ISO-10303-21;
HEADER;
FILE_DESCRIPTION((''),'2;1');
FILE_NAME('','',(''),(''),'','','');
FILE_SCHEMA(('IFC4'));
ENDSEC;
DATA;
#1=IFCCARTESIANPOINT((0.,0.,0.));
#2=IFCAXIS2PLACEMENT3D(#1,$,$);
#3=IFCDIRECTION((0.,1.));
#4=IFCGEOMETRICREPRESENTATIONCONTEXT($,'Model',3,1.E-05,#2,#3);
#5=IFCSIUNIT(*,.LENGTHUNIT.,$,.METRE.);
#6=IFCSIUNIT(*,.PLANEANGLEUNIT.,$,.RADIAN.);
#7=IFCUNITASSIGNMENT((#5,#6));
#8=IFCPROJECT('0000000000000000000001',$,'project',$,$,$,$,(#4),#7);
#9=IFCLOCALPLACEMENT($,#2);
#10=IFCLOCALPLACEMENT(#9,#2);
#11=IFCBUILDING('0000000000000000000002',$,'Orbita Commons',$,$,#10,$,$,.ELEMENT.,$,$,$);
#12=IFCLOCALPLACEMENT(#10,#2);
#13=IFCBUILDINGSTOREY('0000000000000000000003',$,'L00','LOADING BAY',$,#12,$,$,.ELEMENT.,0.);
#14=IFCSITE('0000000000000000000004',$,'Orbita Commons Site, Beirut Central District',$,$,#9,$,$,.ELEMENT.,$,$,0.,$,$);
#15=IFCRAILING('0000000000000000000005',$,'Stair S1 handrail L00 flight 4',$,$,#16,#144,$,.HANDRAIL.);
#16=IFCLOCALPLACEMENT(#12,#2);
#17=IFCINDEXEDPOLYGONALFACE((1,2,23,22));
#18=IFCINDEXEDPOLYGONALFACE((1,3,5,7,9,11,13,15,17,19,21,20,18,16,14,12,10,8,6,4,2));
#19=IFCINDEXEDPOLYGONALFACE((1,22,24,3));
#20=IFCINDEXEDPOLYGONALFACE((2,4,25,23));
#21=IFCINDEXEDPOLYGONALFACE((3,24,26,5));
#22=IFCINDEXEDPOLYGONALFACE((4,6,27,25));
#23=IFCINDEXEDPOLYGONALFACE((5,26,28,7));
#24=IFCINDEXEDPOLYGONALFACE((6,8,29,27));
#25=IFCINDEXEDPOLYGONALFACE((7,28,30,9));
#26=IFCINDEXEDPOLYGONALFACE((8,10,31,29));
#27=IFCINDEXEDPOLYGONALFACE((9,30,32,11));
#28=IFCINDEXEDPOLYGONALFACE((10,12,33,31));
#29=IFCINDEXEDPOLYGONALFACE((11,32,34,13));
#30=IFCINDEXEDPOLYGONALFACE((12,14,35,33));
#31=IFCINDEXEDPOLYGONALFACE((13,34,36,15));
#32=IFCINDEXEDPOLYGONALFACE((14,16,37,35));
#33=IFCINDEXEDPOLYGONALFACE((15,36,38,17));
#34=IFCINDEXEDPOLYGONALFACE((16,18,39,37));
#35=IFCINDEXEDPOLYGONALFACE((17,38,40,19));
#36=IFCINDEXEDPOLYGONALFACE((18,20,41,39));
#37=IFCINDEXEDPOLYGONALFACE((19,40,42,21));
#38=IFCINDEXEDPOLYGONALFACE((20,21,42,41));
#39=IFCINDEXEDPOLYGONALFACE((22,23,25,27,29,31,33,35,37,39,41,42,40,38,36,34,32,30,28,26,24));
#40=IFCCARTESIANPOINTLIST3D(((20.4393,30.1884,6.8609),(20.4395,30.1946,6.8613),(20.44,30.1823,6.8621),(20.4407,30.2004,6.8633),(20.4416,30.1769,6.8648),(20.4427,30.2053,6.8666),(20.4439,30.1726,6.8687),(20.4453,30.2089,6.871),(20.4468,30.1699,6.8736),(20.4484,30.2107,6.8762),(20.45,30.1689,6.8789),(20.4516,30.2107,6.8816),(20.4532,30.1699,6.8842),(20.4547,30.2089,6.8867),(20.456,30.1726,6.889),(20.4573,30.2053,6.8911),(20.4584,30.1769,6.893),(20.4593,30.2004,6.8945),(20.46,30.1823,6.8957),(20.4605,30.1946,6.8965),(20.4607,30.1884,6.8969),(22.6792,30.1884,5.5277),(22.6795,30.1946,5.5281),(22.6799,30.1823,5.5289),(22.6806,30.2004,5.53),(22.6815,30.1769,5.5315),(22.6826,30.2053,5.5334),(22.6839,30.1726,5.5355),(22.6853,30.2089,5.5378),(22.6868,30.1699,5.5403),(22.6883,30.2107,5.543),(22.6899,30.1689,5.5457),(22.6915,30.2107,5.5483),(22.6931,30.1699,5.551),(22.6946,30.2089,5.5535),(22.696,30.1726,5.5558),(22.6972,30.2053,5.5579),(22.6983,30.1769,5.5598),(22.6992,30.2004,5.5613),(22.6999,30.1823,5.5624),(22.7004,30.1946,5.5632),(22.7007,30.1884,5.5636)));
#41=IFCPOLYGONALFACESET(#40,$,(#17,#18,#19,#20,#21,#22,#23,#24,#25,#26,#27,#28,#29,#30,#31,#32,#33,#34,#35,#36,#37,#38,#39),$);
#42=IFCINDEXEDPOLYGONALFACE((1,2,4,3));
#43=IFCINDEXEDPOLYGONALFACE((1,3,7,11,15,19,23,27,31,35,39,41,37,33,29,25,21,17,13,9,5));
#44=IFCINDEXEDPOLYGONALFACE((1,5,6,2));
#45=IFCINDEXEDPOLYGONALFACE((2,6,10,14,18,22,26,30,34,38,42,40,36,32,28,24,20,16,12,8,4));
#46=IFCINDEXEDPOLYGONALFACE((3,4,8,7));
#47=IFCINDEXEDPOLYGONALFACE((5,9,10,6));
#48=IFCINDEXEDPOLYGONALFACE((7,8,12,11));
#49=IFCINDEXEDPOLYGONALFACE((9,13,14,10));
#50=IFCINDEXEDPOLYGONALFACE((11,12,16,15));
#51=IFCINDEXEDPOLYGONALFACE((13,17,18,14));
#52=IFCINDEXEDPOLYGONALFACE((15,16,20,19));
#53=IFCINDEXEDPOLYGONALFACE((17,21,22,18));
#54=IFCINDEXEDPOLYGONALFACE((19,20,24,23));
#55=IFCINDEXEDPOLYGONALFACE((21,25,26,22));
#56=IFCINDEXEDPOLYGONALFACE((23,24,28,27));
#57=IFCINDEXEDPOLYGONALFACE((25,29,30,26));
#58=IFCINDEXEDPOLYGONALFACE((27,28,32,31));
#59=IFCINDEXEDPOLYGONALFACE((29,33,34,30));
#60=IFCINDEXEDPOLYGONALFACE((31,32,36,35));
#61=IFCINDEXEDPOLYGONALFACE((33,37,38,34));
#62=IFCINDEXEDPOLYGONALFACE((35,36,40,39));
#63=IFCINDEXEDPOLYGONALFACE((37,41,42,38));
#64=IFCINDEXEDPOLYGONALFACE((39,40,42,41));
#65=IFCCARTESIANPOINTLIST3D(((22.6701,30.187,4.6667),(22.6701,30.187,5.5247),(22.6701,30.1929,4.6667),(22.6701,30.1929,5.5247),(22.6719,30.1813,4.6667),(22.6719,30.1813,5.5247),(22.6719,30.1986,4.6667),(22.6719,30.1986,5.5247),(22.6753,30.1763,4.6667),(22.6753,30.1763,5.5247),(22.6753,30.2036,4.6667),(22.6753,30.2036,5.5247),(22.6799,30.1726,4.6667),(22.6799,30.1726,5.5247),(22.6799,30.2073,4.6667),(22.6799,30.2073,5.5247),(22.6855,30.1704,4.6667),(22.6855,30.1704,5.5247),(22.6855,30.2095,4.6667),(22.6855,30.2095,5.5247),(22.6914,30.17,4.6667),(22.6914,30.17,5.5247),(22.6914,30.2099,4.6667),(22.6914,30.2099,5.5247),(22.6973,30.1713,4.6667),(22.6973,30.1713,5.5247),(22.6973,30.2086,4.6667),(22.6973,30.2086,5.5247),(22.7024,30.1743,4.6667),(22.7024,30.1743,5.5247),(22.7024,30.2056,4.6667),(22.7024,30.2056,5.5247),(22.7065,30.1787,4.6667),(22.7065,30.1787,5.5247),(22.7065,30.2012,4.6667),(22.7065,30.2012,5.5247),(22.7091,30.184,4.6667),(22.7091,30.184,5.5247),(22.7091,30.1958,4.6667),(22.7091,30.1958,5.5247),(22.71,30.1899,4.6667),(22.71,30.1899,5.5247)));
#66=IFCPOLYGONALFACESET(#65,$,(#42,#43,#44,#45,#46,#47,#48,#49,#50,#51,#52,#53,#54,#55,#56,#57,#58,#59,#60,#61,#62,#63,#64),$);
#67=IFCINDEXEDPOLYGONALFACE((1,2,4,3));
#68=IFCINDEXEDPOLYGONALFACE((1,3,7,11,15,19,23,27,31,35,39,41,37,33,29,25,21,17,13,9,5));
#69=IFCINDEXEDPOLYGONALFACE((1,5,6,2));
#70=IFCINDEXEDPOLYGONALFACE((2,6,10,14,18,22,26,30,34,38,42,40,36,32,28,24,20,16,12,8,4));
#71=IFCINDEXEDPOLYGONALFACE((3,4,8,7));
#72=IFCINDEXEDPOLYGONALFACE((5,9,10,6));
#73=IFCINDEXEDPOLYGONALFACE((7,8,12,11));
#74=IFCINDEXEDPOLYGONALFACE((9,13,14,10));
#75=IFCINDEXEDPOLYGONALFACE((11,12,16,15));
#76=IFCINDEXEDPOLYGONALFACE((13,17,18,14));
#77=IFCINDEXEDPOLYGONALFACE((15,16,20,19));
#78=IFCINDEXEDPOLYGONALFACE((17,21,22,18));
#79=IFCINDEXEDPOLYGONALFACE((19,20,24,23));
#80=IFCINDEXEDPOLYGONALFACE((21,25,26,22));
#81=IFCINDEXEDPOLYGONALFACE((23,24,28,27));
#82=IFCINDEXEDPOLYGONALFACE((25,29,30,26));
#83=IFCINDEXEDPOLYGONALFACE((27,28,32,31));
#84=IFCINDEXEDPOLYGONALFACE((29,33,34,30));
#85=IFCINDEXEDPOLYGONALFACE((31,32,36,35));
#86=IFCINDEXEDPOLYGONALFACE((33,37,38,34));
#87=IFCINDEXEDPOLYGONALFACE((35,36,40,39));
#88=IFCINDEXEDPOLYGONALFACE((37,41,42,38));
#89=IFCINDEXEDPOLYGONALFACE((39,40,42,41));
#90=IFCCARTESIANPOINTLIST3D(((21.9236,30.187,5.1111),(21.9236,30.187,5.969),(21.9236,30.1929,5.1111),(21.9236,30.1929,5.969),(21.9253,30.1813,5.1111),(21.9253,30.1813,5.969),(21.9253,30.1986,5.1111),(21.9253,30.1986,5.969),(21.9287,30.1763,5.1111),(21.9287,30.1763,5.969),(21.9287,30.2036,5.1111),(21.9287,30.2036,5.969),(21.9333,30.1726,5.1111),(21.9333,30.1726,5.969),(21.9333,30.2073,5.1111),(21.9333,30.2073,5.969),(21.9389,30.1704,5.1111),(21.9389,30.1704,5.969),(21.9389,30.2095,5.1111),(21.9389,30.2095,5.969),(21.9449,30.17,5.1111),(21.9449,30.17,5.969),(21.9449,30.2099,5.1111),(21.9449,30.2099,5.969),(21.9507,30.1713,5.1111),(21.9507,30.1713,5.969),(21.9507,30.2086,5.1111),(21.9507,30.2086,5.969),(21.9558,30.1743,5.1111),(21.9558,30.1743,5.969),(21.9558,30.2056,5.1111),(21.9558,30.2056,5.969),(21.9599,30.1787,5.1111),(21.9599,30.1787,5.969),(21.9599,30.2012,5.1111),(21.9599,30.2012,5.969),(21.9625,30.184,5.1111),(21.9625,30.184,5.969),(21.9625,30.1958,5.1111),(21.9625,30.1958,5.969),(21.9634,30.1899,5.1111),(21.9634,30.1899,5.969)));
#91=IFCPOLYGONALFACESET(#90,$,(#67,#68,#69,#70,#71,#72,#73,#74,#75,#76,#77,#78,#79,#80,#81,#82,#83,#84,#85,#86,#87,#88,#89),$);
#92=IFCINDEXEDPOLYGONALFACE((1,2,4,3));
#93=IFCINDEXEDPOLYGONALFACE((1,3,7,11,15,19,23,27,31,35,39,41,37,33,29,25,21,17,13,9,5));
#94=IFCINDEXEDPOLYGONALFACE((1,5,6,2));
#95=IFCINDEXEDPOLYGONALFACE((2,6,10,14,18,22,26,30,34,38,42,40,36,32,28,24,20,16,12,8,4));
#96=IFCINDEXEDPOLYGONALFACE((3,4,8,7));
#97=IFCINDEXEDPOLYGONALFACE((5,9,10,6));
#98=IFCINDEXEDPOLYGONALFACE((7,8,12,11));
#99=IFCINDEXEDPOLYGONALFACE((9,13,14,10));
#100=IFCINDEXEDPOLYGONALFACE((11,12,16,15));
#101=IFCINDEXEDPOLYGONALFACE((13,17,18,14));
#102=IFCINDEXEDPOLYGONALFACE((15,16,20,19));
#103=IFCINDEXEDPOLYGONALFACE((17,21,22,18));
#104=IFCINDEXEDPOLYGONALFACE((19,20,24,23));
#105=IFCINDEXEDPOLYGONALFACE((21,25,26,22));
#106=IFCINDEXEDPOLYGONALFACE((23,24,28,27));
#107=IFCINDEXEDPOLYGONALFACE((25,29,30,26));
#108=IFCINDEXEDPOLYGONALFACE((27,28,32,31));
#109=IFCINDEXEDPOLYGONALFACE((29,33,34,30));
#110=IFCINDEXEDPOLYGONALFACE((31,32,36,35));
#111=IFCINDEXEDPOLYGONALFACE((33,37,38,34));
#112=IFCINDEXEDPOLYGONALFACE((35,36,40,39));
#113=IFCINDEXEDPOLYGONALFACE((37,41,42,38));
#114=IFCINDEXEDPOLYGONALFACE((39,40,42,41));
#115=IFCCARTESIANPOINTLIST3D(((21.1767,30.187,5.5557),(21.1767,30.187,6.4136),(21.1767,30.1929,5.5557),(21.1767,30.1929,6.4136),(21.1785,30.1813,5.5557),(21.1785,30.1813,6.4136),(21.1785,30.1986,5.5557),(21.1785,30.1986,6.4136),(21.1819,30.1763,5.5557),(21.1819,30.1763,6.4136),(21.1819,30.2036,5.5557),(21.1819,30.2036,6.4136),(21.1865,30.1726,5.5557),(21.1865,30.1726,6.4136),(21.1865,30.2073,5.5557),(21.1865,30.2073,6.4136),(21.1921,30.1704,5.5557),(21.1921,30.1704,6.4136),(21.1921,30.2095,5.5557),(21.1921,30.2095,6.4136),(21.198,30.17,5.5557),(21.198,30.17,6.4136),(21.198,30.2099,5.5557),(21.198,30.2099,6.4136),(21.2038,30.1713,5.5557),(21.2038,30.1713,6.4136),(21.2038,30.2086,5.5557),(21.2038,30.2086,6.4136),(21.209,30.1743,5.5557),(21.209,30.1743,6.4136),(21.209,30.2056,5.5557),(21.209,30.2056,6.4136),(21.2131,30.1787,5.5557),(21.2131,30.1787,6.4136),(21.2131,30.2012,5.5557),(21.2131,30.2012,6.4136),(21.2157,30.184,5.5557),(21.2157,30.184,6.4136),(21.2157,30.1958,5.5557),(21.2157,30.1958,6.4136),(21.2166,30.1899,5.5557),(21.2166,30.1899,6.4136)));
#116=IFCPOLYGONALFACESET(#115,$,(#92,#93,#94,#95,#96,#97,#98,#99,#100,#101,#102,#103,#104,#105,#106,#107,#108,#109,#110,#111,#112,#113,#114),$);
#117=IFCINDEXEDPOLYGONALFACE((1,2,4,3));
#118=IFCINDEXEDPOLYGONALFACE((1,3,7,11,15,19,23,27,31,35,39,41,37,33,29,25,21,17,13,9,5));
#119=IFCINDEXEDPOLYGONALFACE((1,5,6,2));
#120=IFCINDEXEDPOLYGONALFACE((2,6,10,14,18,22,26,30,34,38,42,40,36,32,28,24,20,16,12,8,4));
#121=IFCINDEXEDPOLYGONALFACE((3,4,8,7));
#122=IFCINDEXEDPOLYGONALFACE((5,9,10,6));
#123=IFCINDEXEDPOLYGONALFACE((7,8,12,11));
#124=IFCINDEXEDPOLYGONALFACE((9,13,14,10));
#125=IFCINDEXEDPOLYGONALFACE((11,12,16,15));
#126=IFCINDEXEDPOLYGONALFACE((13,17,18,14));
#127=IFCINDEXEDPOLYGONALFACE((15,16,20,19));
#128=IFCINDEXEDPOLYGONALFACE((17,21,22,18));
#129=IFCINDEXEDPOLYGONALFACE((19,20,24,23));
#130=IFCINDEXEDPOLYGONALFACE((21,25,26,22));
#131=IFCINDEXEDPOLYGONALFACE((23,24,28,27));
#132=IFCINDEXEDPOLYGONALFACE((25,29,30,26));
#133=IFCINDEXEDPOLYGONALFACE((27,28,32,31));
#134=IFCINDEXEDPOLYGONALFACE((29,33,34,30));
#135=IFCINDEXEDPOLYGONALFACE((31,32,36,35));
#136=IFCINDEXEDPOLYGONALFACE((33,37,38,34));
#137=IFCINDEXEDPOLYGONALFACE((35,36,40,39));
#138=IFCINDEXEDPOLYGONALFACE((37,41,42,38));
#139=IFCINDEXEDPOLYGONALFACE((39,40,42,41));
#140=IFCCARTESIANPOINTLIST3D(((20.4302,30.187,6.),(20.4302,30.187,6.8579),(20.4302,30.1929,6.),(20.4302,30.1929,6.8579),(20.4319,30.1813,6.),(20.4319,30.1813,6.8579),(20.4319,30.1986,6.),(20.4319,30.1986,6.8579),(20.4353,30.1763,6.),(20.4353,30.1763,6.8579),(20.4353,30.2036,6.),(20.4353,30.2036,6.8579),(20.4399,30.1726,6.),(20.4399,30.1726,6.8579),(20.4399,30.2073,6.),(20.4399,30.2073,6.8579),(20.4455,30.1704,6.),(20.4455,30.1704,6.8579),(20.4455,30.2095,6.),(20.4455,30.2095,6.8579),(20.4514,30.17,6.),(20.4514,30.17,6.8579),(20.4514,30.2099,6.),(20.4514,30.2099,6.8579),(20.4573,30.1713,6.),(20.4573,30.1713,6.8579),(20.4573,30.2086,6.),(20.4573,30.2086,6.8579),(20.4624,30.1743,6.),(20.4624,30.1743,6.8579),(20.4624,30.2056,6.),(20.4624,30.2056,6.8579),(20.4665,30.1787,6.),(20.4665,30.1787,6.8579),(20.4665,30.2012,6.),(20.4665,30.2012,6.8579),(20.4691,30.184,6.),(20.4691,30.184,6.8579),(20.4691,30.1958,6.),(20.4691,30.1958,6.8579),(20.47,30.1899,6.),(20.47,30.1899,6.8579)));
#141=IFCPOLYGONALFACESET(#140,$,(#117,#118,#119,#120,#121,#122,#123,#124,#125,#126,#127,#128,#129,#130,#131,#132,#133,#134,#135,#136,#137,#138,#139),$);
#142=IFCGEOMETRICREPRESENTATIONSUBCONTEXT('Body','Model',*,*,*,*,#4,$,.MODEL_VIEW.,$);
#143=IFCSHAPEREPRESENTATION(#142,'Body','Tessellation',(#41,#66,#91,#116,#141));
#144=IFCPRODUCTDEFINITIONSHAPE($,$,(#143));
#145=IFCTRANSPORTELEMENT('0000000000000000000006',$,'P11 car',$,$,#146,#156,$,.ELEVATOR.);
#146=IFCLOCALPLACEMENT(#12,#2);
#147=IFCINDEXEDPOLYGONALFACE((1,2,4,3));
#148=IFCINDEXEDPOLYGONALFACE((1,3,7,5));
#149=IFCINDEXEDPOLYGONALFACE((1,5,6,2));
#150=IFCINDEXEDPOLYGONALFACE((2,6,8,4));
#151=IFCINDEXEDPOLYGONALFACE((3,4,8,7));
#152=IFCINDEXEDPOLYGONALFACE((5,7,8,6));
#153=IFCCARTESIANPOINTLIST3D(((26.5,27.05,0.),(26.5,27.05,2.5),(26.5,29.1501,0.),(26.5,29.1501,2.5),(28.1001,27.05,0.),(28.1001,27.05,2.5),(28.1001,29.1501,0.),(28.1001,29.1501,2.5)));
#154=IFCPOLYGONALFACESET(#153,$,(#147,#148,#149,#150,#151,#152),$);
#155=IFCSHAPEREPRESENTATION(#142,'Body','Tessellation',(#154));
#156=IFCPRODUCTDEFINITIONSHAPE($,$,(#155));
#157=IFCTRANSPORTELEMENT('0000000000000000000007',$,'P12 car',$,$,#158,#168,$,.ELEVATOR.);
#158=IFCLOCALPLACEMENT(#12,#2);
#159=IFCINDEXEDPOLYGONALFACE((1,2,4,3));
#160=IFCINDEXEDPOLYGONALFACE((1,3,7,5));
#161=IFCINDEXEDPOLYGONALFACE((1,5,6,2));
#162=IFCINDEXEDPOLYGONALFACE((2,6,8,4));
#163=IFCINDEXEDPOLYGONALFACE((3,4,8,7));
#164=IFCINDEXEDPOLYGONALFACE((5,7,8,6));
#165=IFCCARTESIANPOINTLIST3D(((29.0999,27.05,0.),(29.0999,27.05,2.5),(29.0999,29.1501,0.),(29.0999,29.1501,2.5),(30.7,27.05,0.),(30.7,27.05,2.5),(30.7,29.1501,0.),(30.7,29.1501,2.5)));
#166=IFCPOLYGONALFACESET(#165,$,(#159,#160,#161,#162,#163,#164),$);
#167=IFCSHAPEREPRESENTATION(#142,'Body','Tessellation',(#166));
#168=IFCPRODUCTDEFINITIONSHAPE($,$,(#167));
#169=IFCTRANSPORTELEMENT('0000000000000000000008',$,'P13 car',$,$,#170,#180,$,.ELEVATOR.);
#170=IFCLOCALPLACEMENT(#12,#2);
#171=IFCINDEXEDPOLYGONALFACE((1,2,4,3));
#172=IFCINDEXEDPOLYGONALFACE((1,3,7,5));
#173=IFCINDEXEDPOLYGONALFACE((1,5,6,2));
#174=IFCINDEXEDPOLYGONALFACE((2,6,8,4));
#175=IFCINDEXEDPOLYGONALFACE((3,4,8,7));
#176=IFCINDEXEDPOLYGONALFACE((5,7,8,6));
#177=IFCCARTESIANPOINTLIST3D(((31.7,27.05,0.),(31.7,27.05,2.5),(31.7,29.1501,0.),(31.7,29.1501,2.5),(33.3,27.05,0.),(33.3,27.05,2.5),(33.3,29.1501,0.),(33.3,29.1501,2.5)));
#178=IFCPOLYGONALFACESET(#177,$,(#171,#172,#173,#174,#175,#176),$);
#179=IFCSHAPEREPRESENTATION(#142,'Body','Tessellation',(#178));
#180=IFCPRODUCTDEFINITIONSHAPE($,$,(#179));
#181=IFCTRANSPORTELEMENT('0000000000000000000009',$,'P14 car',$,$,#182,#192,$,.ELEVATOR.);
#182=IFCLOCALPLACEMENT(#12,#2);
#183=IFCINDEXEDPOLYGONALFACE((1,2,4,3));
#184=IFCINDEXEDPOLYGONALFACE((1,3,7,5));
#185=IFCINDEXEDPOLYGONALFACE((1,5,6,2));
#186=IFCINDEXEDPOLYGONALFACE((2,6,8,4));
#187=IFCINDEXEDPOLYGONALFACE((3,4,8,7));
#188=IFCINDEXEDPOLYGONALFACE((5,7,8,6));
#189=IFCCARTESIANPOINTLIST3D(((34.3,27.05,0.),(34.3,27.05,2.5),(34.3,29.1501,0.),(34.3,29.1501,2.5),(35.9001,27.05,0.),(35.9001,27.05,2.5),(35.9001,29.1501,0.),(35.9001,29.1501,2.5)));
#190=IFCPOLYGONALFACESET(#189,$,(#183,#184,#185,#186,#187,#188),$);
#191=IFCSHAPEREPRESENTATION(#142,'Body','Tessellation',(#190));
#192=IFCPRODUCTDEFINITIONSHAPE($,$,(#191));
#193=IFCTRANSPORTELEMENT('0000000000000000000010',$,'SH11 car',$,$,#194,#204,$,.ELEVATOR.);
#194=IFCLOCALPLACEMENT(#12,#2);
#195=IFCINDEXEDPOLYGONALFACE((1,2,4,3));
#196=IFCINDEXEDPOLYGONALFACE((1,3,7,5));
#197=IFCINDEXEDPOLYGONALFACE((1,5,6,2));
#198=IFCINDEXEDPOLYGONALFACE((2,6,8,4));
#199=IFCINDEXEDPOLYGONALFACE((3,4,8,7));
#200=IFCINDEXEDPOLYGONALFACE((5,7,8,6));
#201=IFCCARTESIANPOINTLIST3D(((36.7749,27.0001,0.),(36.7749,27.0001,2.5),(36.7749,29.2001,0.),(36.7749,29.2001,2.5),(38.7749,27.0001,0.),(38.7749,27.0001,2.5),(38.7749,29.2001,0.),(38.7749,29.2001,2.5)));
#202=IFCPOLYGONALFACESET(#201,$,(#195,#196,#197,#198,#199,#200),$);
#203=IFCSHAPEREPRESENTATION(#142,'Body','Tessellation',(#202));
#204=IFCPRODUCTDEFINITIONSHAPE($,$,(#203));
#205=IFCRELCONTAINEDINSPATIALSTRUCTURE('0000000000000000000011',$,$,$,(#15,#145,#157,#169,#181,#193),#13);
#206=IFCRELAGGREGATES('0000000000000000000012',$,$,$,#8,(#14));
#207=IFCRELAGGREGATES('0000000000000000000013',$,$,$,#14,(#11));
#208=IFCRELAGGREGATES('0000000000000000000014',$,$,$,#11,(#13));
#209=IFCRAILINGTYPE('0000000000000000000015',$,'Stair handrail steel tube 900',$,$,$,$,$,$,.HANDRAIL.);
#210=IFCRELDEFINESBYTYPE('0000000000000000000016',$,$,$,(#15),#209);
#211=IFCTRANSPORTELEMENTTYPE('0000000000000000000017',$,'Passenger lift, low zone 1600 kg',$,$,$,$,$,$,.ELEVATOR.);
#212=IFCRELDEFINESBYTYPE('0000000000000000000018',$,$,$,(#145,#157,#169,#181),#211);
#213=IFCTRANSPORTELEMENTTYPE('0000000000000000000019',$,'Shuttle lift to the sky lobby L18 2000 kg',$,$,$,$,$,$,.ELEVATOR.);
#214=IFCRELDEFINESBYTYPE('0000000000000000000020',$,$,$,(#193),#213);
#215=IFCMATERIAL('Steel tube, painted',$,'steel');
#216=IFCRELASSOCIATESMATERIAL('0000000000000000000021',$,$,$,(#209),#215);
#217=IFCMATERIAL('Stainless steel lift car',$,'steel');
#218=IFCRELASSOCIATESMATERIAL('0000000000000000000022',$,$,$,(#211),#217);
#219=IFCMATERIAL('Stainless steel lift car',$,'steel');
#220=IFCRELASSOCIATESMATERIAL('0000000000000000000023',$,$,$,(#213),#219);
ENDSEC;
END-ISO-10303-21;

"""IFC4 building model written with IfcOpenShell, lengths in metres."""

from ifc_helpers import new_model, si_unit, direction, frame, origin, origin_2d, place, context, subcontext, project, spatial, rectangle, circle, extrude, material, type_object, element, save


model = new_model("IFC4")

# Units and contexts
model_context = context("Model", 3, precision=1e-05, world=origin(), true_north=direction((0.0, 1.0)))
body_context = subcontext(model_context, "Body", "Model", "MODEL_VIEW")
ifc_project = project(units=[si_unit("LENGTHUNIT", "METRE"), si_unit("PLANEANGLEUNIT", "RADIAN")], contexts=[model_context])

# Site, building, storey
site_placement = place(None, origin())
site = spatial("IfcSite", under=ifc_project, at=site_placement, Name="Orbita Commons Site, Beirut Central District", CompositionType="ELEMENT", RefElevation=0.0)
building_placement = place(site_placement, origin())
building = spatial("IfcBuilding", under=site, at=building_placement, Name="Orbita Commons", CompositionType="ELEMENT")
storey_placement = place(building_placement, origin())
storey = spatial("IfcBuildingStorey", under=building, at=storey_placement, Name="L00", Description="LOADING BAY", CompositionType="ELEMENT", Elevation=0.0)

# Railing
ifc_material_1 = material(Name="Steel tube, painted", Category="steel")
railing_type = type_object("IfcRailingType", Name="Stair handrail steel tube 900", PredefinedType="HANDRAIL", material=ifc_material_1)
for number, where, name in (
    (1, (22.6899, 30.1899, 4.6667), "Stair S1 handrail L00 flight 4"),
):
    element("IfcRailing", number, at=place(storey_placement, frame(where)), inside=storey, type_object=railing_type, Name=name, PredefinedType="HANDRAIL", context=body_context, shape_type="SweptSolid", body=[
        extrude(circle(Radius=0.021, at=origin_2d()), frame((0.0, 0.0, 0.8789), z_axis=(-0.859306, 0.0, 0.511462), x_axis=(0.0, -1.0, 0.0)), (0.0, 0.0, 1.0), 2.6067),
        extrude(circle(Radius=0.02, at=origin_2d()), origin(), (0.0, 0.0, 1.0), 0.8579),
        extrude(circle(Radius=0.02, at=origin_2d()), frame((-0.7466, 0.0, 0.4443)), (0.0, 0.0, 1.0), 0.8579),
        extrude(circle(Radius=0.02, at=origin_2d()), frame((-1.4934, 0.0, 0.8889)), (0.0, 0.0, 1.0), 0.8579),
        extrude(circle(Radius=0.02, at=origin_2d()), frame((-2.24, 0.0, 1.3333)), (0.0, 0.0, 1.0), 0.8579),
    ])

# Transport elements
ifc_material_2 = material(Name="Stainless steel lift car", Category="steel")
transport_element_type_1 = type_object("IfcTransportElementType", Name="Passenger lift, low zone 1600 kg", PredefinedType="ELEVATOR", material=ifc_material_2)
transport_element_1_placement = place(storey_placement, frame((27.3, 28.1001, 0.0), z_axis=(0.0, 0.0, 1.0), x_axis=(1.0, 0.0, 0.0)))
element("IfcTransportElement", 2, at=transport_element_1_placement, inside=storey, type_object=transport_element_type_1, Name="P11 car", PredefinedType="ELEVATOR", context=body_context, shape_type="SweptSolid", body=[
    extrude(rectangle(XDim=1.6001, YDim=2.1001, at=origin_2d()), origin(), (0.0, 0.0, 1.0), 2.5),
])
transport_element_2_placement = place(storey_placement, frame((29.8999, 28.1001, 0.0), z_axis=(0.0, 0.0, 1.0), x_axis=(1.0, 0.0, 0.0)))
element("IfcTransportElement", 3, at=transport_element_2_placement, inside=storey, type_object=transport_element_type_1, Name="P12 car", PredefinedType="ELEVATOR", context=body_context, shape_type="SweptSolid", body=[
    extrude(rectangle(XDim=1.6001, YDim=2.1001, at=origin_2d()), origin(), (0.0, 0.0, 1.0), 2.5),
])
transport_element_3_placement = place(storey_placement, frame((32.5, 28.1001, 0.0), z_axis=(0.0, 0.0, 1.0), x_axis=(1.0, 0.0, 0.0)))
element("IfcTransportElement", 4, at=transport_element_3_placement, inside=storey, type_object=transport_element_type_1, Name="P13 car", PredefinedType="ELEVATOR", context=body_context, shape_type="SweptSolid", body=[
    extrude(rectangle(XDim=1.6001, YDim=2.1001, at=origin_2d()), origin(), (0.0, 0.0, 1.0), 2.5),
])
transport_element_4_placement = place(storey_placement, frame((35.1001, 28.1001, 0.0), z_axis=(0.0, 0.0, 1.0), x_axis=(1.0, 0.0, 0.0)))
element("IfcTransportElement", 5, at=transport_element_4_placement, inside=storey, type_object=transport_element_type_1, Name="P14 car", PredefinedType="ELEVATOR", context=body_context, shape_type="SweptSolid", body=[
    extrude(rectangle(XDim=1.6001, YDim=2.1001, at=origin_2d()), origin(), (0.0, 0.0, 1.0), 2.5),
])
ifc_material_3 = material(Name="Stainless steel lift car", Category="steel")
transport_element_type_2 = type_object("IfcTransportElementType", Name="Shuttle lift to the sky lobby L18 2000 kg", PredefinedType="ELEVATOR", material=ifc_material_3)
transport_element_5_placement = place(storey_placement, frame((37.7749, 28.1001, 0.0), z_axis=(0.0, 0.0, 1.0), x_axis=(1.0, 0.0, 0.0)))
element("IfcTransportElement", 6, at=transport_element_5_placement, inside=storey, type_object=transport_element_type_2, Name="SH11 car", PredefinedType="ELEVATOR", context=body_context, shape_type="SweptSolid", body=[
    extrude(rectangle(XDim=2.0, YDim=2.2, at=origin_2d()), origin(), (0.0, 0.0, 1.0), 2.5),
])

save(model, "model.ifc")
